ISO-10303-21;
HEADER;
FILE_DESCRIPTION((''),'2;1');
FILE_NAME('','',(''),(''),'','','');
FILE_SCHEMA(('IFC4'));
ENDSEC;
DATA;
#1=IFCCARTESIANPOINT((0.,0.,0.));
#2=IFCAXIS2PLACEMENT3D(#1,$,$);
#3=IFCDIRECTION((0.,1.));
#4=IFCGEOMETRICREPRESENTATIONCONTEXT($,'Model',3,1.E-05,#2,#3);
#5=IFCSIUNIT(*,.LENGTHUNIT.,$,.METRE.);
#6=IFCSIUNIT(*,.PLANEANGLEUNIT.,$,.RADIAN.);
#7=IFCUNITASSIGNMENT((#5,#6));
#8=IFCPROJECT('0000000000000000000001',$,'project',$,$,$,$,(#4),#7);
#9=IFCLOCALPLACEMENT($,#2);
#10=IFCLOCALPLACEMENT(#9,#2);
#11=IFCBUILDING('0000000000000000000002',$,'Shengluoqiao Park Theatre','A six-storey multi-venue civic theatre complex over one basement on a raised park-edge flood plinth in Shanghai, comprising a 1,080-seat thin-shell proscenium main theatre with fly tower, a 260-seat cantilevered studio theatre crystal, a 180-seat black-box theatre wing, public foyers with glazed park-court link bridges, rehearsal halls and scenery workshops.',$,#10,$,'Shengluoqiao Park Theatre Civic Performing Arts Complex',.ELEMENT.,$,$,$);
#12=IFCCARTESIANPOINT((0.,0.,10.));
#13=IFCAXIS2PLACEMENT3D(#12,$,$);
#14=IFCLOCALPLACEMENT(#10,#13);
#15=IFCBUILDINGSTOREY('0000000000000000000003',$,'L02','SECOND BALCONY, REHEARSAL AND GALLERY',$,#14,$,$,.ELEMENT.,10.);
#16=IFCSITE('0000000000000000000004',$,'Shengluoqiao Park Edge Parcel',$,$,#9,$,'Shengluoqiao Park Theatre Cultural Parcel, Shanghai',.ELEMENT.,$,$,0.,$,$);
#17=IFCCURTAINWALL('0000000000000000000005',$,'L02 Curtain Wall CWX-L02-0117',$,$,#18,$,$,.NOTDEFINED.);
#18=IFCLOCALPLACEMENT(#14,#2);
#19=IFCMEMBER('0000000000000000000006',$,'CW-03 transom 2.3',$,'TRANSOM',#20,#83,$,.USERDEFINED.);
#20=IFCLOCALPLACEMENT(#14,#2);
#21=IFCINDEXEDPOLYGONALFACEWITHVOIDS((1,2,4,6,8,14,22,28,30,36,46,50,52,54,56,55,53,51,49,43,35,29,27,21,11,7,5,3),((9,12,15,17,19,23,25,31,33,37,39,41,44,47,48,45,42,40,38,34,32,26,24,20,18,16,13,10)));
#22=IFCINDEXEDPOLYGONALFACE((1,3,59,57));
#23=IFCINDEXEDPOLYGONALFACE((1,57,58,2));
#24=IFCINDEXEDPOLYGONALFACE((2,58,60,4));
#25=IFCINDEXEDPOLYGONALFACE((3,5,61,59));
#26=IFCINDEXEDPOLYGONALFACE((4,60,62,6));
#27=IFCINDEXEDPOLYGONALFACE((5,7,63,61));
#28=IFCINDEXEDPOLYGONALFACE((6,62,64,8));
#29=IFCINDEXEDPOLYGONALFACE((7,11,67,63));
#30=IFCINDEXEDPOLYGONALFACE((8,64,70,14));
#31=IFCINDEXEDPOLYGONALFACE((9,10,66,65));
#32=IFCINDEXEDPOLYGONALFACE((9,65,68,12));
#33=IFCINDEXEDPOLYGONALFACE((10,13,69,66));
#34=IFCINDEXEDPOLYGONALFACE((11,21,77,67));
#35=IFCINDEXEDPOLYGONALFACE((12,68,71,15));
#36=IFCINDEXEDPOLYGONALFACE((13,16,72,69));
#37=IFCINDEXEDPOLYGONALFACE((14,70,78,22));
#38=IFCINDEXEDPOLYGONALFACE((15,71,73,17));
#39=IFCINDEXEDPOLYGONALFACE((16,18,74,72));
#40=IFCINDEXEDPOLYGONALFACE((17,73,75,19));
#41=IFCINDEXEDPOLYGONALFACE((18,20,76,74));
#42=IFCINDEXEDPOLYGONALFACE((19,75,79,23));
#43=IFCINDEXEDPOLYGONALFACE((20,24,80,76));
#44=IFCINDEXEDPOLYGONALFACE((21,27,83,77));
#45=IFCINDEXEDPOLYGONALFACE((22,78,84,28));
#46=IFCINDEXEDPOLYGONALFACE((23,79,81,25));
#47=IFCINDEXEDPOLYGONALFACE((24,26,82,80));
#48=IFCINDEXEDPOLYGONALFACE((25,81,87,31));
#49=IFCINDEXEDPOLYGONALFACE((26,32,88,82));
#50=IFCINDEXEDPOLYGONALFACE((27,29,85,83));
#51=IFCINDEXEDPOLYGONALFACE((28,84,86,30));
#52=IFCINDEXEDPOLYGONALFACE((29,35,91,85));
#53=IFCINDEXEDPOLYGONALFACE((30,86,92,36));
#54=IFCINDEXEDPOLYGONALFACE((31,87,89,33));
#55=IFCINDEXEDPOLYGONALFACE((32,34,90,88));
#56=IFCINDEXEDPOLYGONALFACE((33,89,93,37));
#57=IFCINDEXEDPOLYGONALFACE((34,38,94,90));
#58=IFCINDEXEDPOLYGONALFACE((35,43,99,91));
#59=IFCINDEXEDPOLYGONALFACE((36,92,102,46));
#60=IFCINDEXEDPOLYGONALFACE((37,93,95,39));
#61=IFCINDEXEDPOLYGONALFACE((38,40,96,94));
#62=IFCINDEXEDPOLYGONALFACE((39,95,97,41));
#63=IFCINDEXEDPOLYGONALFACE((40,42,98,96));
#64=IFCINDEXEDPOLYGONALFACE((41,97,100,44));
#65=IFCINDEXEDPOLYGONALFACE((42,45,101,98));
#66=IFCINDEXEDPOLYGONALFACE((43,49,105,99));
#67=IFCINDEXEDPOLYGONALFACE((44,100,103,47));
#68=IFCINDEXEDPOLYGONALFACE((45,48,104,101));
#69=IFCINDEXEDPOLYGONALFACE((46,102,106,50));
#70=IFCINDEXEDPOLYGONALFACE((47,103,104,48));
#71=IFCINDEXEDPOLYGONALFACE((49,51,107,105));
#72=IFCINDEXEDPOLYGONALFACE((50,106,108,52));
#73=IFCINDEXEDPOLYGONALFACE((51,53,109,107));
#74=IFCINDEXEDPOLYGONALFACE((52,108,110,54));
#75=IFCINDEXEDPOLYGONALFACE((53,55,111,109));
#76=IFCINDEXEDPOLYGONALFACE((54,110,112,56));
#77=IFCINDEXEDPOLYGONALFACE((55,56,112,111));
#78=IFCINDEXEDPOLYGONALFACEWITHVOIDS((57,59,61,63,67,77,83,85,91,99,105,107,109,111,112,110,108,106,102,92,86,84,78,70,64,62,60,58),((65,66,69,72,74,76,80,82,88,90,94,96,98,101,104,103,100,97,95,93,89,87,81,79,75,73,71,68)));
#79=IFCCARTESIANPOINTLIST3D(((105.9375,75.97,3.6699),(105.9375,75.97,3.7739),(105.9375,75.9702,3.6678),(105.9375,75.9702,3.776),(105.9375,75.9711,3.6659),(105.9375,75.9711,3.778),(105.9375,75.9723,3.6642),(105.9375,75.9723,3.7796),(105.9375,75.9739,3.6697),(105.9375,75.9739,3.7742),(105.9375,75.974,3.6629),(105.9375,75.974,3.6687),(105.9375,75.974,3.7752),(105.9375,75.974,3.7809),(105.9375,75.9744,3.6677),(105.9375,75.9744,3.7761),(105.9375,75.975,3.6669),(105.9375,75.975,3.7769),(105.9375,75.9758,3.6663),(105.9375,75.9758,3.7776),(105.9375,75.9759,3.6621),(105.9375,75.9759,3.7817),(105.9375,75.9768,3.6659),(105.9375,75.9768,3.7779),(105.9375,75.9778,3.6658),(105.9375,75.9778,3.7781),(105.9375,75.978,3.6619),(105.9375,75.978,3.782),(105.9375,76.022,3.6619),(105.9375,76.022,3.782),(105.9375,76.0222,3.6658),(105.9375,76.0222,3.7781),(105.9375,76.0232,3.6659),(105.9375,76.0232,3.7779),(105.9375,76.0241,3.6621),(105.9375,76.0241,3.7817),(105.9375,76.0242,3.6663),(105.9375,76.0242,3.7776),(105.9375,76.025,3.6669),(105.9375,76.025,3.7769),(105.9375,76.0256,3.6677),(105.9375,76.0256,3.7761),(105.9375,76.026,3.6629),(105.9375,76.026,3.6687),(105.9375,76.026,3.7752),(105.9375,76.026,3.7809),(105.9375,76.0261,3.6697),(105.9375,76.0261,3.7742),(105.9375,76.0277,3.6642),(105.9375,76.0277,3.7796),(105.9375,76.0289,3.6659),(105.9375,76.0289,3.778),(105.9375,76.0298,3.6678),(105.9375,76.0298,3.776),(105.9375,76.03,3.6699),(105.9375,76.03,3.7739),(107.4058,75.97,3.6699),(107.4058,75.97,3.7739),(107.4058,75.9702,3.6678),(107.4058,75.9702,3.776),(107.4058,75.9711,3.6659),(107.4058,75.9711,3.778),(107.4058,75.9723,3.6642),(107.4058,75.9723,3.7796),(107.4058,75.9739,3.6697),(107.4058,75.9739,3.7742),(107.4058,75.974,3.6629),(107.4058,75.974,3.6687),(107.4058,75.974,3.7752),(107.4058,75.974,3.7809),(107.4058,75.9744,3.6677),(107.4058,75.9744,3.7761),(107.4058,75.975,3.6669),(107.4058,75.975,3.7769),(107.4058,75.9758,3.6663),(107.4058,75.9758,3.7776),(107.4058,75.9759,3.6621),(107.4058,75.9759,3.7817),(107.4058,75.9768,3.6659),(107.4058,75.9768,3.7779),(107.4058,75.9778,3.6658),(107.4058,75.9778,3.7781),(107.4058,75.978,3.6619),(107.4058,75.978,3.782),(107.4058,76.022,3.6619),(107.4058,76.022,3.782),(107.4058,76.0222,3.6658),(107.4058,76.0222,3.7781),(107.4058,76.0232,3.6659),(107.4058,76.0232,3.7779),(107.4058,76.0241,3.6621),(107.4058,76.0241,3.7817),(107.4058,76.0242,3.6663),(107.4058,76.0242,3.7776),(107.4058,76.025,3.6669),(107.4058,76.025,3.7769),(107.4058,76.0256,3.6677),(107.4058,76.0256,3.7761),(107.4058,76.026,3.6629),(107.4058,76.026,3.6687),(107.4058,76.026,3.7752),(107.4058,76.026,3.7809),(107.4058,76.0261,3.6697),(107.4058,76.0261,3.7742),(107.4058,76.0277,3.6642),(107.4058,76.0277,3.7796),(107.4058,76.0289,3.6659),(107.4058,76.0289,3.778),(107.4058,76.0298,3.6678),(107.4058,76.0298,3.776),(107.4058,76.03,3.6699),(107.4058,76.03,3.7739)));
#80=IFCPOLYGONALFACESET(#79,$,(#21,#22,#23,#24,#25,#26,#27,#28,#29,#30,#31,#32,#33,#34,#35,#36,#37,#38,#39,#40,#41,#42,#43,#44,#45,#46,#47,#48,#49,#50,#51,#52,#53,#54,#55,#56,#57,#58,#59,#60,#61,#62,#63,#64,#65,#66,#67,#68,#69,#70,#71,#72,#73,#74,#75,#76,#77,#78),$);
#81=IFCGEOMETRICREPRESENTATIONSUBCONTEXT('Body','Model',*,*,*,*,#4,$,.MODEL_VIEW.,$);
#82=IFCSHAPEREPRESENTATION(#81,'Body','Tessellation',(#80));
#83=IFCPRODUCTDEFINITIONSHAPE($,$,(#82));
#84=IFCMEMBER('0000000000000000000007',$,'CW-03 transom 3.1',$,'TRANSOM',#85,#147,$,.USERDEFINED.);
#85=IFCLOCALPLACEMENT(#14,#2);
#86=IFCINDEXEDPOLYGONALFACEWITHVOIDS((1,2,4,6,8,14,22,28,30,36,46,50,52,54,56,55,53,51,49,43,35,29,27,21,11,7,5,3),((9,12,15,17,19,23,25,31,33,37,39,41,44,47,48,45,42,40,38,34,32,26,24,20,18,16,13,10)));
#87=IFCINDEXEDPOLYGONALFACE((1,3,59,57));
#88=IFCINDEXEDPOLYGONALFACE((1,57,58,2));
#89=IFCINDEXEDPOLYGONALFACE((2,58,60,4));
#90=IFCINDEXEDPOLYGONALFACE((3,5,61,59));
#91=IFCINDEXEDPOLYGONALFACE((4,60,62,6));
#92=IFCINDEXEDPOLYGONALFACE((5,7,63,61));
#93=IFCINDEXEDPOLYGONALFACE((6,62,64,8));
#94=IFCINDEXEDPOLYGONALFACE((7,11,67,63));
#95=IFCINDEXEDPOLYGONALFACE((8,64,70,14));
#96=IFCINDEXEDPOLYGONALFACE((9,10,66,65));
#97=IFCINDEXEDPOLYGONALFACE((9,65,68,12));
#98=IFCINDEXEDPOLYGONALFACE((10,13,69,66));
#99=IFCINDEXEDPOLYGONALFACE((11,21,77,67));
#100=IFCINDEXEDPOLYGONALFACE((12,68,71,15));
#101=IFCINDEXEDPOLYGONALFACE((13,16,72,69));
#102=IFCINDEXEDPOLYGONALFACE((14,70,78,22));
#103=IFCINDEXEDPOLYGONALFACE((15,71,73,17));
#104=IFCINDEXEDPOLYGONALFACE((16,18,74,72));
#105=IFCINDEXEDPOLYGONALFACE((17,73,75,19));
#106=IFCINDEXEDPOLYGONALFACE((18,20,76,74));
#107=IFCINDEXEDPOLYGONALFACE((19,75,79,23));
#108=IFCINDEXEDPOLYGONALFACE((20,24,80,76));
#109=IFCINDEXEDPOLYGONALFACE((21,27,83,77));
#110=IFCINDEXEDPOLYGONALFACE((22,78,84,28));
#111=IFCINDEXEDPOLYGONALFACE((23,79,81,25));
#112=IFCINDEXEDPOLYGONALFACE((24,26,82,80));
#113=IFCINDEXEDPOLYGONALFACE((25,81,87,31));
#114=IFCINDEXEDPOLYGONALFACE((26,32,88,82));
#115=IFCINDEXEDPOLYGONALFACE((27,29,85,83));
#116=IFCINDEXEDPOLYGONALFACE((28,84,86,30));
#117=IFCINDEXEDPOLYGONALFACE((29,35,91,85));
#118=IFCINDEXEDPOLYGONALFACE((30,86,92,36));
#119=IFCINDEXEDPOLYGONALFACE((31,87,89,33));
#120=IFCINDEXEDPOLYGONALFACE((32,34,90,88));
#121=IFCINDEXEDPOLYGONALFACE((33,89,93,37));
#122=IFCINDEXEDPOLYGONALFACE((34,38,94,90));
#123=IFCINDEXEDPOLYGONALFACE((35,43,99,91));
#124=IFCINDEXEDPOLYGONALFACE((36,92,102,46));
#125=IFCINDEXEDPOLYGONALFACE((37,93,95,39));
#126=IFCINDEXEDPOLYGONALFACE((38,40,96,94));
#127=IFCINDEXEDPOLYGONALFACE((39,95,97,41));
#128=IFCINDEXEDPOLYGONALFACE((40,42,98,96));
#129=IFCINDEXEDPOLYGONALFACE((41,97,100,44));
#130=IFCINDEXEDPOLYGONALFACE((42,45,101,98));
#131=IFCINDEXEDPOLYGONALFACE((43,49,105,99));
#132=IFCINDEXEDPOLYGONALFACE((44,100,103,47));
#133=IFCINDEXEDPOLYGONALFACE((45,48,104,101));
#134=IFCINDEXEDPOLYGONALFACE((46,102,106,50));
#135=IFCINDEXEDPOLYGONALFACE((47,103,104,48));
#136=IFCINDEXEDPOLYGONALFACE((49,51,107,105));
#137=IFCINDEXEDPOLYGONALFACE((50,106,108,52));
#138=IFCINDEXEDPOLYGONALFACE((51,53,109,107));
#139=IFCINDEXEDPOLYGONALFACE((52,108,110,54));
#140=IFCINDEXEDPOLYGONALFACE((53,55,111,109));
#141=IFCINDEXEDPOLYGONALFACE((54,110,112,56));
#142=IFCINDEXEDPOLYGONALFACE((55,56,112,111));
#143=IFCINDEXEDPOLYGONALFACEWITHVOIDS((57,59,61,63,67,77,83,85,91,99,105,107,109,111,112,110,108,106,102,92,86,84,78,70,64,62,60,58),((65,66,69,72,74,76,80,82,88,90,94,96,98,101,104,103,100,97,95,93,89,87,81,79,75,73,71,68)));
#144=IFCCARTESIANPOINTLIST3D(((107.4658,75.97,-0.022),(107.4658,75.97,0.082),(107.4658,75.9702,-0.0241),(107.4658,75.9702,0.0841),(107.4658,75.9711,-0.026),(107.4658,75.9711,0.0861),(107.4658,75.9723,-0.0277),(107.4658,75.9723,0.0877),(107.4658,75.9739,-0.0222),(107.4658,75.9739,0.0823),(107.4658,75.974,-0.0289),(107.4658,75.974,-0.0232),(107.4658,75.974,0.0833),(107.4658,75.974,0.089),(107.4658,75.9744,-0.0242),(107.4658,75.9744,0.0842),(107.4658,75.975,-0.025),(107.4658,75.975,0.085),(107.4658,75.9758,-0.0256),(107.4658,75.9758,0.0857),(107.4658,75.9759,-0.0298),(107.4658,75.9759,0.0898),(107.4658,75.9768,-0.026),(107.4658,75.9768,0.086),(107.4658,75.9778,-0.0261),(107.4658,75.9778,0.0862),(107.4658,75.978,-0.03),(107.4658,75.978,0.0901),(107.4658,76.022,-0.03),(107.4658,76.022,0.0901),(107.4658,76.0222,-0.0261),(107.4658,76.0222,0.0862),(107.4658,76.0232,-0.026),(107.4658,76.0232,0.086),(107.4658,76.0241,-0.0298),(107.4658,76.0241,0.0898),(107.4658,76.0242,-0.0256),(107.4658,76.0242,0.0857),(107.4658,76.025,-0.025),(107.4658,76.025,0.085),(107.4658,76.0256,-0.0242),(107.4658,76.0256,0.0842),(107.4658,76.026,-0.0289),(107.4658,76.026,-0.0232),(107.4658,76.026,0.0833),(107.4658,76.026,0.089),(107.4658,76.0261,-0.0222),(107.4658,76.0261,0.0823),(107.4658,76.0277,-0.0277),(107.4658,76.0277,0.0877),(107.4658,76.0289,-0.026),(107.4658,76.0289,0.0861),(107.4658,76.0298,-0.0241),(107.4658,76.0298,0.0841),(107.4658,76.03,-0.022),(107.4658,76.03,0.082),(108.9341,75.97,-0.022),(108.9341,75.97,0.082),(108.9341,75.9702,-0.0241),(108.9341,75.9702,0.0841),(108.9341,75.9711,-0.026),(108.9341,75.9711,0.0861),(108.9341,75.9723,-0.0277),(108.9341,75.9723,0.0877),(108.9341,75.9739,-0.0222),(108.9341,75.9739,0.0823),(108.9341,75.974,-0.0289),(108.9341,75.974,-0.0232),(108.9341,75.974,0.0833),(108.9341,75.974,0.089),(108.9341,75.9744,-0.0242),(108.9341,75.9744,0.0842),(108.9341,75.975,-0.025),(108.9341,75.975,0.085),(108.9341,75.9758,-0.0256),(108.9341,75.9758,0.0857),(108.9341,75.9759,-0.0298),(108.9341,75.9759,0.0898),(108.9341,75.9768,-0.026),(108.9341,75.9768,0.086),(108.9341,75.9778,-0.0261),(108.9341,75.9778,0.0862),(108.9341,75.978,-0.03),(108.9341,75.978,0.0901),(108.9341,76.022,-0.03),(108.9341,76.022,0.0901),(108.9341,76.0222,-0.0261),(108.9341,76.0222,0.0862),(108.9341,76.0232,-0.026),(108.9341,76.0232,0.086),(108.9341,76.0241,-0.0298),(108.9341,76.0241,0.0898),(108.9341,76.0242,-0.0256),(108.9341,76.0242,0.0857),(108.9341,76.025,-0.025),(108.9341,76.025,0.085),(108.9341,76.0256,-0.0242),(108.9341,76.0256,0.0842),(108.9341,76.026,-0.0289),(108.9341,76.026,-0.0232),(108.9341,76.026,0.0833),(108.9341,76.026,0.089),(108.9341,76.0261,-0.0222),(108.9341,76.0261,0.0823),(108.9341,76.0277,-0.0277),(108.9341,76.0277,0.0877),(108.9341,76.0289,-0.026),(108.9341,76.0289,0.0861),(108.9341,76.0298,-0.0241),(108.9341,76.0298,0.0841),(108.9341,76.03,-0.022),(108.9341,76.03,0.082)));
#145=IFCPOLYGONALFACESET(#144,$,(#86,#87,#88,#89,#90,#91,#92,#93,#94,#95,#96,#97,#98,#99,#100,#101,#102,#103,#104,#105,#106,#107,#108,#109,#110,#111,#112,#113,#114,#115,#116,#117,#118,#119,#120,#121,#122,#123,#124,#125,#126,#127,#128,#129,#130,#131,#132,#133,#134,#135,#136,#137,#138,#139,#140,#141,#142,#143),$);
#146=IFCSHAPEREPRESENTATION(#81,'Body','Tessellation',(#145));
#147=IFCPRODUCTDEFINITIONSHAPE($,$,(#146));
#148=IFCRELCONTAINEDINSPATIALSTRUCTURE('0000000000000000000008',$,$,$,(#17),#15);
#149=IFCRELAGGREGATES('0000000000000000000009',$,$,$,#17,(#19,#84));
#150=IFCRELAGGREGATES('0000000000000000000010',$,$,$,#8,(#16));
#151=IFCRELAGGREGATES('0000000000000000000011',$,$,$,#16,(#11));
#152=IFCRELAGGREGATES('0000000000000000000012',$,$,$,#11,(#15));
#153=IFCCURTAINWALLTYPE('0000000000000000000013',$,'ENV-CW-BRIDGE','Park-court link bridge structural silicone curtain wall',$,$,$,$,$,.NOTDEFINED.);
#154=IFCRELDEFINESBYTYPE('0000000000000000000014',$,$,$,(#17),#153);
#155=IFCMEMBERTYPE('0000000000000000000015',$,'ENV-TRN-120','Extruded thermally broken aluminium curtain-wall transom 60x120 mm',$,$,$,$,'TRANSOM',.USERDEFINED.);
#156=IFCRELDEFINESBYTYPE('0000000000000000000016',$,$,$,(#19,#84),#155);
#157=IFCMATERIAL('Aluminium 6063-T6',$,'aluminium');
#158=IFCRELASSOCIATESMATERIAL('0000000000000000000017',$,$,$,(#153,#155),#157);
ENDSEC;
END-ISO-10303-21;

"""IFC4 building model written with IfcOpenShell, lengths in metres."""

from ifc_helpers import new_model, si_unit, direction, frame, origin, origin_2d, place, context, subcontext, project, spatial, hollow_rectangle, extrude, material, material_profile, profile_set, type_object, element, aggregate, save


model = new_model("IFC4")

# Units and contexts
model_context = context("Model", 3, precision=1e-05, world=origin(), true_north=direction((0.0, 1.0)))
body_context = subcontext(model_context, "Body", "Model", "MODEL_VIEW")
ifc_project = project(units=[si_unit("LENGTHUNIT", "METRE"), si_unit("PLANEANGLEUNIT", "RADIAN")], contexts=[model_context])

# Site, building, storey
site_placement = place(None, origin())
site = spatial("IfcSite", under=ifc_project, at=site_placement, Name="Shengluoqiao Park Edge Parcel", LongName="Shengluoqiao Park Theatre Cultural Parcel, Shanghai", CompositionType="ELEMENT", RefElevation=0.0)
building_placement = place(site_placement, origin())
building = spatial("IfcBuilding", under=site, at=building_placement, Name="Shengluoqiao Park Theatre", Description="A six-storey multi-venue civic theatre complex over one basement on a raised park-edge flood plinth in Shanghai, comprising a 1,080-seat thin-shell proscenium main theatre with fly tower, a 260-seat cantilevered studio theatre crystal, a 180-seat black-box theatre wing, public foyers with glazed park-court link bridges, rehearsal halls and scenery workshops.", LongName="Shengluoqiao Park Theatre Civic Performing Arts Complex", CompositionType="ELEMENT")
storey_placement = place(building_placement, frame((0.0, 0.0, 10.0)))
storey = spatial("IfcBuildingStorey", under=building, at=storey_placement, Name="L02", Description="SECOND BALCONY, REHEARSAL AND GALLERY", CompositionType="ELEMENT", Elevation=10.0)

# Shared definitions
ifc_material_1 = material(Name="Aluminium 6063-T6", Category="aluminium")
curtain_wall_type = type_object("IfcCurtainWallType", Name="ENV-CW-BRIDGE", Description="Park-court link bridge structural silicone curtain wall", PredefinedType="NOTDEFINED", material=ifc_material_1)

# Curtain wall, members
curtain_wall_1_placement = place(storey_placement, origin())
curtain_wall_1 = element("IfcCurtainWall", 1, at=curtain_wall_1_placement, inside=storey, type_object=curtain_wall_type, Name="L02 Curtain Wall CWX-L02-0117", PredefinedType="NOTDEFINED")
ifc_material_profile_1 = material_profile(ifc_material_1, hollow_rectangle(XDim=0.0601, YDim=0.1201, WallThickness=0.0039, InnerFilletRadius=0.0039, OuterFilletRadius=0.0081, at=origin_2d()), Name="ALU TRANSOM 120x60x4")
ifc_profile_set_1 = profile_set([ifc_material_profile_1], Name="Aluminium 6063-T6")
member_type_1 = type_object("IfcMemberType", Name="ENV-TRN-120", Description="Extruded thermally broken aluminium curtain-wall transom 60x120 mm", ElementType="TRANSOM", PredefinedType="USERDEFINED", material=ifc_profile_set_1)
member_1_placement = place(storey_placement, frame((105.9375, 76.0, 3.7219), z_axis=(1.0, 0.0, 0.0), x_axis=(0.0, 1.0, 0.0)))
member_1 = element("IfcMember", 2, at=member_1_placement, type_object=member_type_1, Name="CW-03 transom 2.3", ObjectType="TRANSOM", PredefinedType="USERDEFINED", context=body_context, shape_type="SweptSolid", body=[
    extrude(hollow_rectangle(XDim=0.0601, YDim=0.1201, WallThickness=0.0039, InnerFilletRadius=0.0039, OuterFilletRadius=0.0081, at=origin_2d()), origin(), (0.0, 0.0, 1.0), 1.4683),
])
member_2_placement = place(storey_placement, frame((107.4658, 76.0, 0.03), z_axis=(1.0, 0.0, 0.0), x_axis=(0.0, 1.0, 0.0)))
member_2 = element("IfcMember", 3, at=member_2_placement, type_object=member_type_1, Name="CW-03 transom 3.1", ObjectType="TRANSOM", PredefinedType="USERDEFINED", context=body_context, shape_type="SweptSolid", body=[
    extrude(hollow_rectangle(XDim=0.0601, YDim=0.1201, WallThickness=0.0039, InnerFilletRadius=0.0039, OuterFilletRadius=0.0081, at=origin_2d()), origin(), (0.0, 0.0, 1.0), 1.4683),
])

aggregate(curtain_wall_1, [member_1, member_2])

save(model, "model.ifc")
